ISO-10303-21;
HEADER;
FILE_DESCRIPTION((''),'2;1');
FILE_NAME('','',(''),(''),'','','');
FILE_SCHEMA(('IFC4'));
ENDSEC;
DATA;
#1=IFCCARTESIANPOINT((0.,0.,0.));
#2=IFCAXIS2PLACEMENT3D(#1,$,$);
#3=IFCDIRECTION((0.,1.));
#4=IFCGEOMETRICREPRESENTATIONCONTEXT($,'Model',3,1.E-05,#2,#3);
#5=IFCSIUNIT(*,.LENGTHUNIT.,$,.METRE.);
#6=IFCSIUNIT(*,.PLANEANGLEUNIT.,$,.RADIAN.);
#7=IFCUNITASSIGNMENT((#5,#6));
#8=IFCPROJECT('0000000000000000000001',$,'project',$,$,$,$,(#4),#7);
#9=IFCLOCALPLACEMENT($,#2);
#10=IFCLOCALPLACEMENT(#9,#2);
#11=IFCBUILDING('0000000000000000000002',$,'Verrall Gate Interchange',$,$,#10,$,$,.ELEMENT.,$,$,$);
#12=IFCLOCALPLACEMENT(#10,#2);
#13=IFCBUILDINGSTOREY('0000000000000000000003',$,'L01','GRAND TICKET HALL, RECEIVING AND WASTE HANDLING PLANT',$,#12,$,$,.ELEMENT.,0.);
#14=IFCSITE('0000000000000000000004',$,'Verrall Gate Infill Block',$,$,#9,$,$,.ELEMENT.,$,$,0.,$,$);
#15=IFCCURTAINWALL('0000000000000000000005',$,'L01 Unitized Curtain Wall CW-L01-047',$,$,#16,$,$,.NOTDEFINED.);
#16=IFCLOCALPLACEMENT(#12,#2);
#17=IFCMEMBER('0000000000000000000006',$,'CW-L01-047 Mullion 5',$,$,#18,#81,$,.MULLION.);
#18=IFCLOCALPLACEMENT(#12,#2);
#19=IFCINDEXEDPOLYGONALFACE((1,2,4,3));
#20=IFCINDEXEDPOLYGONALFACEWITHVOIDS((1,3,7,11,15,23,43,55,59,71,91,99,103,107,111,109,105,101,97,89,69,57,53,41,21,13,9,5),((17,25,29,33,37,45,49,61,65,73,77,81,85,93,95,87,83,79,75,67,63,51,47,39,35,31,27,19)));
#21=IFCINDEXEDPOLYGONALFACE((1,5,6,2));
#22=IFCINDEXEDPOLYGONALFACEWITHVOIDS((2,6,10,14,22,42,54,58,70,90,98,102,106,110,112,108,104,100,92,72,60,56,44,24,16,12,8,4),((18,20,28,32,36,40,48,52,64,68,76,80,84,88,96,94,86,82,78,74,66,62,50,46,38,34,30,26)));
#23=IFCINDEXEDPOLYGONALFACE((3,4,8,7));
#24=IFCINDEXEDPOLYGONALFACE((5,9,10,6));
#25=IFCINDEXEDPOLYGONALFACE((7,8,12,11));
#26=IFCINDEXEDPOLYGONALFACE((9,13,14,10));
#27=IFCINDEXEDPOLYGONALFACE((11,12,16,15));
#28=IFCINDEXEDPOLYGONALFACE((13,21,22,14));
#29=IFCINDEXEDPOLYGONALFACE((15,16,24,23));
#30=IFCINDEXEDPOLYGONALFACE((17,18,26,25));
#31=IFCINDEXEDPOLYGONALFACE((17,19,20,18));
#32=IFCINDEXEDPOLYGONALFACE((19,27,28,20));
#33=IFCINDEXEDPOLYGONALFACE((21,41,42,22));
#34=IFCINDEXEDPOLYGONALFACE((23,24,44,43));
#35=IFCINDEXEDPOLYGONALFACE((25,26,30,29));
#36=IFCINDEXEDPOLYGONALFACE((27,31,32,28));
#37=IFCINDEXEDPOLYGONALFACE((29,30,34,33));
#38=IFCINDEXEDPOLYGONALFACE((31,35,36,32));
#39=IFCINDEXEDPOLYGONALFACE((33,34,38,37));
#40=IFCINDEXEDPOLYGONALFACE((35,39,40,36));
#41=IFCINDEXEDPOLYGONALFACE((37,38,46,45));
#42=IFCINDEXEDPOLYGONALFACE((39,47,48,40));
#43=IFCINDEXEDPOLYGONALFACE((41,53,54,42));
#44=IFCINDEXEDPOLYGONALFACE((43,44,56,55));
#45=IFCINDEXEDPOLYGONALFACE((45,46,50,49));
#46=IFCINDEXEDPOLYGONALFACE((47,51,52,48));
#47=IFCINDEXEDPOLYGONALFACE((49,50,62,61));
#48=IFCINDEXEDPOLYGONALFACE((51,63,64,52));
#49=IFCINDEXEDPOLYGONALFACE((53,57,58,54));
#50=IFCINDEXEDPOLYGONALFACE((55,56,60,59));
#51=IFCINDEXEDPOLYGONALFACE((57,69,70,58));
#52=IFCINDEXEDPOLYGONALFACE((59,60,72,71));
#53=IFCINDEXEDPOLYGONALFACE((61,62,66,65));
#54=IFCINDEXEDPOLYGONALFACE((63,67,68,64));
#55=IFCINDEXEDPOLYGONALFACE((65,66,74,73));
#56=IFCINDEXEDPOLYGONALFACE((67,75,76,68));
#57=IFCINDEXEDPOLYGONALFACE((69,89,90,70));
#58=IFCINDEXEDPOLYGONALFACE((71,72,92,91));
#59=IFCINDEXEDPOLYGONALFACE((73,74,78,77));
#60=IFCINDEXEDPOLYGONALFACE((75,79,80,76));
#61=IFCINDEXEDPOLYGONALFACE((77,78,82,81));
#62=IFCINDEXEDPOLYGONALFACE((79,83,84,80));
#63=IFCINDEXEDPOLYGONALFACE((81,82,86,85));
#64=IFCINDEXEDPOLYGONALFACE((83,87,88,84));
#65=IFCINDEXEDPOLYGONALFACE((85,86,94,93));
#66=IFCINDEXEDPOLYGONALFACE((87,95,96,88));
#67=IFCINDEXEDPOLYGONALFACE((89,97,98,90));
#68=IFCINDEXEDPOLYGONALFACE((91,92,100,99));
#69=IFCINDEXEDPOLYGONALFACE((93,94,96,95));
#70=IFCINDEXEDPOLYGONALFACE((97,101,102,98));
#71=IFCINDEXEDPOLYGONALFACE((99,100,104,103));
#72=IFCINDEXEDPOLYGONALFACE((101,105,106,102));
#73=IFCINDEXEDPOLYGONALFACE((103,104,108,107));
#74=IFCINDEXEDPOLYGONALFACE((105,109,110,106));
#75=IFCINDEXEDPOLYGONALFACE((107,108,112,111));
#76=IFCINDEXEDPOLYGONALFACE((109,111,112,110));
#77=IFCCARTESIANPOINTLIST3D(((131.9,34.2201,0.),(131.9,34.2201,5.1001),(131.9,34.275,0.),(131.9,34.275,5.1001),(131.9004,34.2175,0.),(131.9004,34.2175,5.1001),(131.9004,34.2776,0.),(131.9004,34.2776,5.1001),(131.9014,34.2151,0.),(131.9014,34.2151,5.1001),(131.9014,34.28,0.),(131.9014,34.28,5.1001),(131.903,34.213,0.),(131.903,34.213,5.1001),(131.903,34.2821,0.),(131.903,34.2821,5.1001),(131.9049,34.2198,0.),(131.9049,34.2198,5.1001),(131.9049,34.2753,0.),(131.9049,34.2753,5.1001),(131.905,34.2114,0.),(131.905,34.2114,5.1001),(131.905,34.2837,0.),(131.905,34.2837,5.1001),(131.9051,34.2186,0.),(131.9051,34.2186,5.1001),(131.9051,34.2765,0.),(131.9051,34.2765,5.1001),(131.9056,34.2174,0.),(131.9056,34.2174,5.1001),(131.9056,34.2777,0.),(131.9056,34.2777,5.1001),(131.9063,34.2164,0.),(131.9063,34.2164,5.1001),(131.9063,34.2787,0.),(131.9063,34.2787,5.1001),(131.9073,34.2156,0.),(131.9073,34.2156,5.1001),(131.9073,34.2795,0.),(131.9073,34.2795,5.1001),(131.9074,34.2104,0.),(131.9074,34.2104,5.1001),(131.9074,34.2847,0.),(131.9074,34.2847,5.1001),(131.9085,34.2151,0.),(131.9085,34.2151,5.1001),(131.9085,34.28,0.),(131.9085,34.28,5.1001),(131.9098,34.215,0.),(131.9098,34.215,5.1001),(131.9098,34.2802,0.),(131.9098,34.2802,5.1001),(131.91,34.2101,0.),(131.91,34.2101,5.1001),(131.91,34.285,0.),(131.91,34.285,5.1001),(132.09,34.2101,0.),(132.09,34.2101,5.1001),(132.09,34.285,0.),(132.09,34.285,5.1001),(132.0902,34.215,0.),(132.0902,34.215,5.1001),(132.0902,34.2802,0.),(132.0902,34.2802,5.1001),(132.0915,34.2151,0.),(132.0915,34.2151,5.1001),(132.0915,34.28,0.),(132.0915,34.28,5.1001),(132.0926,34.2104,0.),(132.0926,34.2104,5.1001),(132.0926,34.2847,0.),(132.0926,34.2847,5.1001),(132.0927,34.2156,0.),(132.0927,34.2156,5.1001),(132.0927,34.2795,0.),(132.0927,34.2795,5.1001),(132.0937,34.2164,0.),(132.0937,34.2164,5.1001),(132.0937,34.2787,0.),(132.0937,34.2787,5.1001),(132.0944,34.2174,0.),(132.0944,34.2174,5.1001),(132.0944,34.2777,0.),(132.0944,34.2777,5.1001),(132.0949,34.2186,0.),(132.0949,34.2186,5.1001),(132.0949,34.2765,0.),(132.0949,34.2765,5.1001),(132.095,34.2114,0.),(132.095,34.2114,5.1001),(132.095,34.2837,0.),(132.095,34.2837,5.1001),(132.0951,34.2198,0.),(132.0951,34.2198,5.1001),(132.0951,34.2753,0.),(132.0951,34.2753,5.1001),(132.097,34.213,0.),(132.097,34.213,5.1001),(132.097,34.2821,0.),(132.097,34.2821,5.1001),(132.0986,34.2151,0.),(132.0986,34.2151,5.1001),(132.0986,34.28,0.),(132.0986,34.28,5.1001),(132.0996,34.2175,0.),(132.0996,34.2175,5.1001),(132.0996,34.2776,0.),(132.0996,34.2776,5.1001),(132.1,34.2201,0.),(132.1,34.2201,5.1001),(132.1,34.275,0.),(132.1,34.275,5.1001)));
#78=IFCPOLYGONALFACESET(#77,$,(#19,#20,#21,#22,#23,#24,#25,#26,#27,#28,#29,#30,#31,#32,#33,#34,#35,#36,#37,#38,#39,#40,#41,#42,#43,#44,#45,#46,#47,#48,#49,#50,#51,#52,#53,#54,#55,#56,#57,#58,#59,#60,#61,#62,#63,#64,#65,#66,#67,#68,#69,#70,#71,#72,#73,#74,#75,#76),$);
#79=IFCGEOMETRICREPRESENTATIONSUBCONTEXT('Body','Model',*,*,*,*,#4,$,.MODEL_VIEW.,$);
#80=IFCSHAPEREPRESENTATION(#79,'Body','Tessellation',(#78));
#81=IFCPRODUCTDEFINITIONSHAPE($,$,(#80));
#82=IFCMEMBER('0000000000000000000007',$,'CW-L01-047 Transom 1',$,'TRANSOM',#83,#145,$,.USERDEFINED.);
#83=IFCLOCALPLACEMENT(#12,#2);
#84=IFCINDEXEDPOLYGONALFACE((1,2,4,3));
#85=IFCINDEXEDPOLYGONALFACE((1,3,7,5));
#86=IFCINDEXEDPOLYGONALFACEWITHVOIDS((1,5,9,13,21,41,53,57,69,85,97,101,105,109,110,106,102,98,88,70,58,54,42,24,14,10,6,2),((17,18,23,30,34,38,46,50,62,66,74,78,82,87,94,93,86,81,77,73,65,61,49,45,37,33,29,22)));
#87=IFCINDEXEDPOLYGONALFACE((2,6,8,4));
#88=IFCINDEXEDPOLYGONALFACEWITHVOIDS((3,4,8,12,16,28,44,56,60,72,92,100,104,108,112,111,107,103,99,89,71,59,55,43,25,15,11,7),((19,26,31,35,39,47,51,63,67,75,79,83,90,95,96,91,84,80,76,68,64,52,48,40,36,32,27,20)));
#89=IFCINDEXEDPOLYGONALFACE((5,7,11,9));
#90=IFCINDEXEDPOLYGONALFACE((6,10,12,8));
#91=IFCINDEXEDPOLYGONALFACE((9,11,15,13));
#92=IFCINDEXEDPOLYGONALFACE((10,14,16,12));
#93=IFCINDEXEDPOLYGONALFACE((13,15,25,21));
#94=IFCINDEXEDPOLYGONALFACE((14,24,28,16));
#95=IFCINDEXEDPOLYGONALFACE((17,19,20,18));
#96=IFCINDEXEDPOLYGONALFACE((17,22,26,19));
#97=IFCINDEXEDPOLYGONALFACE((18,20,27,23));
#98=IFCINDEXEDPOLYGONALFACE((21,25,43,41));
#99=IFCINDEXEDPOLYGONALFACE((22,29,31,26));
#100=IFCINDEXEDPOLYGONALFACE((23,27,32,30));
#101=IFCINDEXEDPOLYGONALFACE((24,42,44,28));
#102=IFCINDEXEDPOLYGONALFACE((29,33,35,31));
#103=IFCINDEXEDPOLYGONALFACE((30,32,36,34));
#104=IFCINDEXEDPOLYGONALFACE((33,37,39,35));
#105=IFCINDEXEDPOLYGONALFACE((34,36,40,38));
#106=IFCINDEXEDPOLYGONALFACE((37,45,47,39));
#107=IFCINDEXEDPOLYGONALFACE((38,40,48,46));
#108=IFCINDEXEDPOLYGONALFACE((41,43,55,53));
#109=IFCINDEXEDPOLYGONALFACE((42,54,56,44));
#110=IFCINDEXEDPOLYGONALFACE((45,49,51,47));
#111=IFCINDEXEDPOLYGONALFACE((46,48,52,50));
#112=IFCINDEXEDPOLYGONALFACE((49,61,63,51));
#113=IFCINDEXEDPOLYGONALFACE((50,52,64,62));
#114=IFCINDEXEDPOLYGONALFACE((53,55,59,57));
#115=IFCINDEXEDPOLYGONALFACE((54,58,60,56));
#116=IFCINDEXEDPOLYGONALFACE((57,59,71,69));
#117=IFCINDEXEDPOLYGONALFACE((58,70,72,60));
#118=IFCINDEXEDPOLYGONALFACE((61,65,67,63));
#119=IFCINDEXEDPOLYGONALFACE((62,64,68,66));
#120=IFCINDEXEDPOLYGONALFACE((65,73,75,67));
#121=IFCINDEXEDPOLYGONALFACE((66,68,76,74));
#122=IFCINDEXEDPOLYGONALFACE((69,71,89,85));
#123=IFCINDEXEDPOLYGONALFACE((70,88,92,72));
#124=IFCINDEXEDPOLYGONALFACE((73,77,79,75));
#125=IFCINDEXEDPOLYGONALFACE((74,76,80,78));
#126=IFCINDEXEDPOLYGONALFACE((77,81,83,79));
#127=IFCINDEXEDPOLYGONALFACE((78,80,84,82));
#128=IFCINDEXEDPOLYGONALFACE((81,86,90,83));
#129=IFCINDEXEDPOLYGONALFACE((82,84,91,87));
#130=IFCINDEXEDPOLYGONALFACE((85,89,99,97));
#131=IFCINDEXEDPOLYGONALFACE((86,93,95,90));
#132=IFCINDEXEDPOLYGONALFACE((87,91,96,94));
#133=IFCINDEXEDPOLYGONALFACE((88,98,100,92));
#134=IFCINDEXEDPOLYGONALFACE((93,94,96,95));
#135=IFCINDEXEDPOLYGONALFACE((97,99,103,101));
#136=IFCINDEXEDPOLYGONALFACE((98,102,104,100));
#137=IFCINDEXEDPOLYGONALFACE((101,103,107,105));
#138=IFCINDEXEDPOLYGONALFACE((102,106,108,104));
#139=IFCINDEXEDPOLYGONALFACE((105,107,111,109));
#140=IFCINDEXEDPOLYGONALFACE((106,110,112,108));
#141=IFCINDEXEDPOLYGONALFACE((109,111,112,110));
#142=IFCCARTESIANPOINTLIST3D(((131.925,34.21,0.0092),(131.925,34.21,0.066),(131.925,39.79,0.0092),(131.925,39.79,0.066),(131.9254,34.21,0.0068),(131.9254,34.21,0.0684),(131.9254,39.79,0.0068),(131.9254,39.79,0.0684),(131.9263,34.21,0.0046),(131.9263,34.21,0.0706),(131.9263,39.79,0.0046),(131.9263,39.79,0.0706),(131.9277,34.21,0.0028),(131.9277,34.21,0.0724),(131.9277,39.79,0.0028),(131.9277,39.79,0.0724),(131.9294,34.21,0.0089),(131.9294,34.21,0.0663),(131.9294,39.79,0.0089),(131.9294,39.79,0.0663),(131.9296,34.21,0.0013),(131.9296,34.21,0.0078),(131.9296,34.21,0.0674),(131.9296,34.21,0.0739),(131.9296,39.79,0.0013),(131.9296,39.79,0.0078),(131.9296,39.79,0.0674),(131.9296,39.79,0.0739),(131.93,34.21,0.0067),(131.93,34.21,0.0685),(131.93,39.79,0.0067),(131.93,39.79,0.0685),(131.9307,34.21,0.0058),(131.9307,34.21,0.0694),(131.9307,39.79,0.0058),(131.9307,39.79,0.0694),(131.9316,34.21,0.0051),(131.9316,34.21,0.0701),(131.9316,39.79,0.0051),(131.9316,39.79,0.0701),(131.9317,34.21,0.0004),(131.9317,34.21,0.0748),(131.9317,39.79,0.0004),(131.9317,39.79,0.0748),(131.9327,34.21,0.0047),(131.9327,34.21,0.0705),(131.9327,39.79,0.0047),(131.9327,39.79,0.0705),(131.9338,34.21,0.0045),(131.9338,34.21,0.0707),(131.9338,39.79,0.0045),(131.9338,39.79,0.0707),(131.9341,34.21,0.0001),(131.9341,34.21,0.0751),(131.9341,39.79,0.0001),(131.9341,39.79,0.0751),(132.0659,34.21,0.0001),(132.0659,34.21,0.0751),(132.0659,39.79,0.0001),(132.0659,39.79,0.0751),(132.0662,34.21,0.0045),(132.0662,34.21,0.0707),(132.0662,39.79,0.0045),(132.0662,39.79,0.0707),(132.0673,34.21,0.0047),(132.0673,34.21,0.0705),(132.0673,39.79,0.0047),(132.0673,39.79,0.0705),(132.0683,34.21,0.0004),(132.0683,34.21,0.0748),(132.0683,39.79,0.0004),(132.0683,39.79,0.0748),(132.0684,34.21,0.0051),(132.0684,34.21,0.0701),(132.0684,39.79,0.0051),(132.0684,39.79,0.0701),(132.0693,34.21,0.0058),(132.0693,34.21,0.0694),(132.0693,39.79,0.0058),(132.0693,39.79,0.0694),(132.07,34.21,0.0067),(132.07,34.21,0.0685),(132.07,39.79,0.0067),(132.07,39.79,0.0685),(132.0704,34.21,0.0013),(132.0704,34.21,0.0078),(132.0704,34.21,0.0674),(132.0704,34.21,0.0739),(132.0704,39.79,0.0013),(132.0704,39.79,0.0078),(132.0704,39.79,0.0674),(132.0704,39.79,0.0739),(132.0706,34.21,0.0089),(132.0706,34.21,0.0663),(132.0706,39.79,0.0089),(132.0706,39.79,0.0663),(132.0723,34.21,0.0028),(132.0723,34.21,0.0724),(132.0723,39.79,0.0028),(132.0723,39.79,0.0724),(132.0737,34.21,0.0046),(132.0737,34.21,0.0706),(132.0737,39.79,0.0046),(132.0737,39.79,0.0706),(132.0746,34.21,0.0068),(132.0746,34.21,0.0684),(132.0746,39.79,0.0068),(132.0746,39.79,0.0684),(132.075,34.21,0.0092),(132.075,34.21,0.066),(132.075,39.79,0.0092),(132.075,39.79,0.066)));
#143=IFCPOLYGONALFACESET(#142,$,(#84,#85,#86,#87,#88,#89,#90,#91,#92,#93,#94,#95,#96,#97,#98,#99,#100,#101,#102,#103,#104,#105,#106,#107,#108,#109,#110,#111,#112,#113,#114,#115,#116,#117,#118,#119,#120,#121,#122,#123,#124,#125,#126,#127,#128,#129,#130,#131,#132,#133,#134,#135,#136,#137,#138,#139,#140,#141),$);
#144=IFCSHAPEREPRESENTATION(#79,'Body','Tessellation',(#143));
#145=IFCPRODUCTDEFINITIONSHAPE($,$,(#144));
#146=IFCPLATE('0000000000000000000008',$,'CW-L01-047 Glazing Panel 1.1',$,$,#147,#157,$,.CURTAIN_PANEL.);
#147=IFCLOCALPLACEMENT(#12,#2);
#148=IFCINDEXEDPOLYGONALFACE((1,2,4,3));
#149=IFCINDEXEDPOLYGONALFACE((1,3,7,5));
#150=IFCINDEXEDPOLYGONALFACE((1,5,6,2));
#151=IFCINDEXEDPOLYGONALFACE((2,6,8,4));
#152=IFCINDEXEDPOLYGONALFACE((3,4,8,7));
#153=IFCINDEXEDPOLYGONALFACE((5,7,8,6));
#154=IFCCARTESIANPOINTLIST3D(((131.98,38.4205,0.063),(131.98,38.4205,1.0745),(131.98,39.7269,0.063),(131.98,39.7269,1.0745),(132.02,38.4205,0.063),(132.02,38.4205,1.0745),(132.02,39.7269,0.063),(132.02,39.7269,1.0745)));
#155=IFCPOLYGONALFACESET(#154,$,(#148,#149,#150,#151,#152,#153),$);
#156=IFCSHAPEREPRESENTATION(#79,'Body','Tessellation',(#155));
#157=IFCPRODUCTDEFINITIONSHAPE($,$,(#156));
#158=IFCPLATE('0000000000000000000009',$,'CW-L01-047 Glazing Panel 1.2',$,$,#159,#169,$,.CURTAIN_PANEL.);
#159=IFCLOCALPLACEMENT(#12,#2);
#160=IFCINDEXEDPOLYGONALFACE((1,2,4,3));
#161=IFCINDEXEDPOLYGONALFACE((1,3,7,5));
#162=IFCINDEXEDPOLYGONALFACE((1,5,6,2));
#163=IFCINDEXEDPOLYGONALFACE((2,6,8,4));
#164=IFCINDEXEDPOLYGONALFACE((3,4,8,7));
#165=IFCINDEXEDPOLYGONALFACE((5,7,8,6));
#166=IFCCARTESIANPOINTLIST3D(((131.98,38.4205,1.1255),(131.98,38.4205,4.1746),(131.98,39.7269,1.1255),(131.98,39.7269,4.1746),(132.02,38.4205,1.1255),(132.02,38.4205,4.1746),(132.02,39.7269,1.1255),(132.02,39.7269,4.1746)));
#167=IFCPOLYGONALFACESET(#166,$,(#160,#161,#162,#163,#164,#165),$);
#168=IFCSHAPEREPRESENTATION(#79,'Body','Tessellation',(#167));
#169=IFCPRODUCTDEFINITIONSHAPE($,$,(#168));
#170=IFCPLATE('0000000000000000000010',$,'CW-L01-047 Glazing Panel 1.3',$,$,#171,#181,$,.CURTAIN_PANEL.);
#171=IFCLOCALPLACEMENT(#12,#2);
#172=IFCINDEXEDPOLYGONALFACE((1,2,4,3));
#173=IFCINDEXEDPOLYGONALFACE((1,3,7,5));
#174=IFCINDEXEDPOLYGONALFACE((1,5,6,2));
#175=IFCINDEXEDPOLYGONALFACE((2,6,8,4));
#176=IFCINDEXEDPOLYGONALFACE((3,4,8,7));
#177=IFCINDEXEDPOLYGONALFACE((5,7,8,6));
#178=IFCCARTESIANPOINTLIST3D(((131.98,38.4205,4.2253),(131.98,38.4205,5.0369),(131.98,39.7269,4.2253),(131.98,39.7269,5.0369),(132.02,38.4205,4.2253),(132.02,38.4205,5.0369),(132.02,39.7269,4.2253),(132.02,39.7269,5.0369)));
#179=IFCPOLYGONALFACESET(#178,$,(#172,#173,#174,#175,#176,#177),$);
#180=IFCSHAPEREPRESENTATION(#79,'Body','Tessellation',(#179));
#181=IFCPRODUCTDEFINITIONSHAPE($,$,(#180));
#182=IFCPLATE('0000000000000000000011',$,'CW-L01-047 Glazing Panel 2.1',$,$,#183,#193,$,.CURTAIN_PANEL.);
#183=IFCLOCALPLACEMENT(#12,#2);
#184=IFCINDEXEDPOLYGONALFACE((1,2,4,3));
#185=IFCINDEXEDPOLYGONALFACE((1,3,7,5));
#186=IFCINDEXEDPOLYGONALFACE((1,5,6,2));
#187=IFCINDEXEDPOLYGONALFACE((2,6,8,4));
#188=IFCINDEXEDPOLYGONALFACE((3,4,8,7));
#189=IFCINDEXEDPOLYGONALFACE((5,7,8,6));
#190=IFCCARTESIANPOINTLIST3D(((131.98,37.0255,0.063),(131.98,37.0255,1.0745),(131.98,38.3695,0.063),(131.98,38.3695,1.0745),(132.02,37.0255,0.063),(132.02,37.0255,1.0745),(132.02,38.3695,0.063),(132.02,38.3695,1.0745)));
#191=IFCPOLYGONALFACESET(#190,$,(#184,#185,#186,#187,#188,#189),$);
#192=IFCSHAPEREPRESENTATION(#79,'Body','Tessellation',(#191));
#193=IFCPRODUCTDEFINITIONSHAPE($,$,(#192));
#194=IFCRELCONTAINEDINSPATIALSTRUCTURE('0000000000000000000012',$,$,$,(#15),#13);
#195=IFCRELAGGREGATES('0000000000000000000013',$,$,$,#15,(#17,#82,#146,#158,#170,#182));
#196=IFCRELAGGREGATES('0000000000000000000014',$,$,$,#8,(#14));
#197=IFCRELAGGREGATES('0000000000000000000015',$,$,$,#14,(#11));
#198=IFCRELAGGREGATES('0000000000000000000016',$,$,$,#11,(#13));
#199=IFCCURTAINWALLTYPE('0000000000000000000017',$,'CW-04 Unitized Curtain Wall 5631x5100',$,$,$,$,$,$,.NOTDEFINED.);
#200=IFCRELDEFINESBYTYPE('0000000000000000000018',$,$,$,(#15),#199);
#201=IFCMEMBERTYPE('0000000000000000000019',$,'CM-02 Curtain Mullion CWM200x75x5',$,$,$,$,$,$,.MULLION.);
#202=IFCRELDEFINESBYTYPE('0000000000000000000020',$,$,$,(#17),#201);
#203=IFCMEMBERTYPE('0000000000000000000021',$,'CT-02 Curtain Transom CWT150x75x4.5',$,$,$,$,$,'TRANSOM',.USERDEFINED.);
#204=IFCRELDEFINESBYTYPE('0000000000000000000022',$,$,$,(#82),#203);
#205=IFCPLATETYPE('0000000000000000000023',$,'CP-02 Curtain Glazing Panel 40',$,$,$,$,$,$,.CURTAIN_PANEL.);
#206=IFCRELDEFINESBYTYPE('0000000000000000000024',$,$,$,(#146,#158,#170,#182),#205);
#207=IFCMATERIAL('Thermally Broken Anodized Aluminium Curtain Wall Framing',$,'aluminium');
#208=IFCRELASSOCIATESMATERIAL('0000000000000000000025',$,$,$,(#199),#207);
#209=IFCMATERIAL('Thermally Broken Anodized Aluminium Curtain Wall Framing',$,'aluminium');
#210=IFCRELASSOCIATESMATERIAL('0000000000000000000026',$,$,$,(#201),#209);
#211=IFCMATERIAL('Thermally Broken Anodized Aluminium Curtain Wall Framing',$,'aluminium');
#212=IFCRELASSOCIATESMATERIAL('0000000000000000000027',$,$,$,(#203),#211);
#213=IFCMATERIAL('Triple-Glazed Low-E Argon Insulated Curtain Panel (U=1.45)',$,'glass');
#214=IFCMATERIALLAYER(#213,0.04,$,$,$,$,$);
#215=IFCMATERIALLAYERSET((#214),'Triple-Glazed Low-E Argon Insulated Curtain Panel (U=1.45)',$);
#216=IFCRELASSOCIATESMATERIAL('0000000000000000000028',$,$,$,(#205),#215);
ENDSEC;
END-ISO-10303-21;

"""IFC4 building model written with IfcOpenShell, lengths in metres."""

from ifc_helpers import new_model, si_unit, direction, frame, origin, origin_2d, place, context, subcontext, project, spatial, rectangle, hollow_rectangle, extrude, material, layer, layer_set, material_profile, profile_set, type_object, element, aggregate, save


model = new_model("IFC4")

# Units and contexts
model_context = context("Model", 3, precision=1e-05, world=origin(), true_north=direction((0.0, 1.0)))
body_context = subcontext(model_context, "Body", "Model", "MODEL_VIEW")
ifc_project = project(units=[si_unit("LENGTHUNIT", "METRE"), si_unit("PLANEANGLEUNIT", "RADIAN")], contexts=[model_context])

# Site, building, storey
site_placement = place(None, origin())
site = spatial("IfcSite", under=ifc_project, at=site_placement, Name="Verrall Gate Infill Block", CompositionType="ELEMENT", RefElevation=0.0)
building_placement = place(site_placement, origin())
building = spatial("IfcBuilding", under=site, at=building_placement, Name="Verrall Gate Interchange", CompositionType="ELEMENT")
storey_placement = place(building_placement, origin())
storey = spatial("IfcBuildingStorey", under=building, at=storey_placement, Name="L01", Description="GRAND TICKET HALL, RECEIVING AND WASTE HANDLING PLANT", CompositionType="ELEMENT", Elevation=0.0)

# Curtain wall, members, plates
ifc_material_1 = material(Name="Thermally Broken Anodized Aluminium Curtain Wall Framing", Category="aluminium")
curtain_wall_type = type_object("IfcCurtainWallType", Name="CW-04 Unitized Curtain Wall 5631x5100", PredefinedType="NOTDEFINED", material=ifc_material_1)
curtain_wall_placement = place(storey_placement, origin())
curtain_wall = element("IfcCurtainWall", 1, at=curtain_wall_placement, inside=storey, type_object=curtain_wall_type, Name="L01 Unitized Curtain Wall CW-L01-047", PredefinedType="NOTDEFINED")
ifc_material_2 = material(Name="Thermally Broken Anodized Aluminium Curtain Wall Framing", Category="aluminium")
ifc_material_profile_1 = material_profile(ifc_material_2, hollow_rectangle(XDim=0.075, YDim=0.2, WallThickness=0.0049, InnerFilletRadius=0.0049, OuterFilletRadius=0.01, at=origin_2d()), Name="CWM200x75x5")
ifc_profile_set_1 = profile_set([ifc_material_profile_1], Name="Thermally Broken Anodized Aluminium Curtain Wall Framing")
member_type_1 = type_object("IfcMemberType", Name="CM-02 Curtain Mullion CWM200x75x5", PredefinedType="MULLION", material=ifc_profile_set_1)
member_1_placement = place(storey_placement, frame((132.0, 34.2476, 0.0), z_axis=(0.0, 0.0, 1.0), x_axis=(0.0, -1.0, 0.0)))
member_1 = element("IfcMember", 2, at=member_1_placement, type_object=member_type_1, Name="CW-L01-047 Mullion 5", PredefinedType="MULLION", context=body_context, shape_type="SweptSolid", body=[
    extrude(hollow_rectangle(XDim=0.075, YDim=0.2, WallThickness=0.0049, InnerFilletRadius=0.0049, OuterFilletRadius=0.01, at=origin_2d()), origin(), (0.0, 0.0, 1.0), 5.1001),
])
ifc_material_3 = material(Name="Thermally Broken Anodized Aluminium Curtain Wall Framing", Category="aluminium")
ifc_material_profile_2 = material_profile(ifc_material_3, hollow_rectangle(XDim=0.1499, YDim=0.075, WallThickness=0.0044, InnerFilletRadius=0.0044, OuterFilletRadius=0.009, at=origin_2d()), Name="CWT150x75x4.5")
ifc_profile_set_2 = profile_set([ifc_material_profile_2], Name="Thermally Broken Anodized Aluminium Curtain Wall Framing")
member_type_2 = type_object("IfcMemberType", Name="CT-02 Curtain Transom CWT150x75x4.5", ElementType="TRANSOM", PredefinedType="USERDEFINED", material=ifc_profile_set_2)
member_2_placement = place(storey_placement, frame((132.0, 39.79, 0.0376), z_axis=(0.0, -1.0, 0.0), x_axis=(1.0, 0.0, 0.0)))
member_2 = element("IfcMember", 3, at=member_2_placement, type_object=member_type_2, Name="CW-L01-047 Transom 1", ObjectType="TRANSOM", PredefinedType="USERDEFINED", context=body_context, shape_type="SweptSolid", body=[
    extrude(hollow_rectangle(XDim=0.1499, YDim=0.075, WallThickness=0.0044, InnerFilletRadius=0.0044, OuterFilletRadius=0.009, at=origin_2d()), origin(), (0.0, 0.0, 1.0), 5.5801),
])
ifc_material_4 = material(Name="Triple-Glazed Low-E Argon Insulated Curtain Panel (U=1.45)", Category="glass")
ifc_layer = layer(ifc_material_4, 0.04)
ifc_layer_set = layer_set([ifc_layer], Name="Triple-Glazed Low-E Argon Insulated Curtain Panel (U=1.45)")
plate_type = type_object("IfcPlateType", Name="CP-02 Curtain Glazing Panel 40", PredefinedType="CURTAIN_PANEL", material=ifc_layer_set)
plate_1_placement = place(storey_placement, frame((132.0, 39.0737, 0.063), z_axis=(0.0, 0.0, 1.0), x_axis=(0.0, -1.0, 0.0)))
plate_1 = element("IfcPlate", 4, at=plate_1_placement, type_object=plate_type, Name="CW-L01-047 Glazing Panel 1.1", PredefinedType="CURTAIN_PANEL", context=body_context, shape_type="SweptSolid", body=[
    extrude(rectangle(XDim=1.3064, YDim=0.04, at=origin_2d()), origin(), (0.0, 0.0, 1.0), 1.0115),
])
plate_2_placement = place(storey_placement, frame((132.0, 39.0737, 1.1255), z_axis=(0.0, 0.0, 1.0), x_axis=(0.0, -1.0, 0.0)))
plate_2 = element("IfcPlate", 5, at=plate_2_placement, type_object=plate_type, Name="CW-L01-047 Glazing Panel 1.2", PredefinedType="CURTAIN_PANEL", context=body_context, shape_type="SweptSolid", body=[
    extrude(rectangle(XDim=1.3064, YDim=0.04, at=origin_2d()), origin(), (0.0, 0.0, 1.0), 3.0491),
])
plate_3_placement = place(storey_placement, frame((132.0, 39.0737, 4.2253), z_axis=(0.0, 0.0, 1.0), x_axis=(0.0, -1.0, 0.0)))
plate_3 = element("IfcPlate", 6, at=plate_3_placement, type_object=plate_type, Name="CW-L01-047 Glazing Panel 1.3", PredefinedType="CURTAIN_PANEL", context=body_context, shape_type="SweptSolid", body=[
    extrude(rectangle(XDim=1.3064, YDim=0.04, at=origin_2d()), origin(), (0.0, 0.0, 1.0), 0.8115),
])
plate_4_placement = place(storey_placement, frame((132.0, 37.6975, 0.063), z_axis=(0.0, 0.0, 1.0), x_axis=(0.0, -1.0, 0.0)))
plate_4 = element("IfcPlate", 7, at=plate_4_placement, type_object=plate_type, Name="CW-L01-047 Glazing Panel 2.1", PredefinedType="CURTAIN_PANEL", context=body_context, shape_type="SweptSolid", body=[
    extrude(rectangle(XDim=1.344, YDim=0.04, at=origin_2d()), origin(), (0.0, 0.0, 1.0), 1.0115),
])
aggregate(curtain_wall, [member_1, member_2, plate_1, plate_2, plate_3, plate_4])

save(model, "model.ifc")
